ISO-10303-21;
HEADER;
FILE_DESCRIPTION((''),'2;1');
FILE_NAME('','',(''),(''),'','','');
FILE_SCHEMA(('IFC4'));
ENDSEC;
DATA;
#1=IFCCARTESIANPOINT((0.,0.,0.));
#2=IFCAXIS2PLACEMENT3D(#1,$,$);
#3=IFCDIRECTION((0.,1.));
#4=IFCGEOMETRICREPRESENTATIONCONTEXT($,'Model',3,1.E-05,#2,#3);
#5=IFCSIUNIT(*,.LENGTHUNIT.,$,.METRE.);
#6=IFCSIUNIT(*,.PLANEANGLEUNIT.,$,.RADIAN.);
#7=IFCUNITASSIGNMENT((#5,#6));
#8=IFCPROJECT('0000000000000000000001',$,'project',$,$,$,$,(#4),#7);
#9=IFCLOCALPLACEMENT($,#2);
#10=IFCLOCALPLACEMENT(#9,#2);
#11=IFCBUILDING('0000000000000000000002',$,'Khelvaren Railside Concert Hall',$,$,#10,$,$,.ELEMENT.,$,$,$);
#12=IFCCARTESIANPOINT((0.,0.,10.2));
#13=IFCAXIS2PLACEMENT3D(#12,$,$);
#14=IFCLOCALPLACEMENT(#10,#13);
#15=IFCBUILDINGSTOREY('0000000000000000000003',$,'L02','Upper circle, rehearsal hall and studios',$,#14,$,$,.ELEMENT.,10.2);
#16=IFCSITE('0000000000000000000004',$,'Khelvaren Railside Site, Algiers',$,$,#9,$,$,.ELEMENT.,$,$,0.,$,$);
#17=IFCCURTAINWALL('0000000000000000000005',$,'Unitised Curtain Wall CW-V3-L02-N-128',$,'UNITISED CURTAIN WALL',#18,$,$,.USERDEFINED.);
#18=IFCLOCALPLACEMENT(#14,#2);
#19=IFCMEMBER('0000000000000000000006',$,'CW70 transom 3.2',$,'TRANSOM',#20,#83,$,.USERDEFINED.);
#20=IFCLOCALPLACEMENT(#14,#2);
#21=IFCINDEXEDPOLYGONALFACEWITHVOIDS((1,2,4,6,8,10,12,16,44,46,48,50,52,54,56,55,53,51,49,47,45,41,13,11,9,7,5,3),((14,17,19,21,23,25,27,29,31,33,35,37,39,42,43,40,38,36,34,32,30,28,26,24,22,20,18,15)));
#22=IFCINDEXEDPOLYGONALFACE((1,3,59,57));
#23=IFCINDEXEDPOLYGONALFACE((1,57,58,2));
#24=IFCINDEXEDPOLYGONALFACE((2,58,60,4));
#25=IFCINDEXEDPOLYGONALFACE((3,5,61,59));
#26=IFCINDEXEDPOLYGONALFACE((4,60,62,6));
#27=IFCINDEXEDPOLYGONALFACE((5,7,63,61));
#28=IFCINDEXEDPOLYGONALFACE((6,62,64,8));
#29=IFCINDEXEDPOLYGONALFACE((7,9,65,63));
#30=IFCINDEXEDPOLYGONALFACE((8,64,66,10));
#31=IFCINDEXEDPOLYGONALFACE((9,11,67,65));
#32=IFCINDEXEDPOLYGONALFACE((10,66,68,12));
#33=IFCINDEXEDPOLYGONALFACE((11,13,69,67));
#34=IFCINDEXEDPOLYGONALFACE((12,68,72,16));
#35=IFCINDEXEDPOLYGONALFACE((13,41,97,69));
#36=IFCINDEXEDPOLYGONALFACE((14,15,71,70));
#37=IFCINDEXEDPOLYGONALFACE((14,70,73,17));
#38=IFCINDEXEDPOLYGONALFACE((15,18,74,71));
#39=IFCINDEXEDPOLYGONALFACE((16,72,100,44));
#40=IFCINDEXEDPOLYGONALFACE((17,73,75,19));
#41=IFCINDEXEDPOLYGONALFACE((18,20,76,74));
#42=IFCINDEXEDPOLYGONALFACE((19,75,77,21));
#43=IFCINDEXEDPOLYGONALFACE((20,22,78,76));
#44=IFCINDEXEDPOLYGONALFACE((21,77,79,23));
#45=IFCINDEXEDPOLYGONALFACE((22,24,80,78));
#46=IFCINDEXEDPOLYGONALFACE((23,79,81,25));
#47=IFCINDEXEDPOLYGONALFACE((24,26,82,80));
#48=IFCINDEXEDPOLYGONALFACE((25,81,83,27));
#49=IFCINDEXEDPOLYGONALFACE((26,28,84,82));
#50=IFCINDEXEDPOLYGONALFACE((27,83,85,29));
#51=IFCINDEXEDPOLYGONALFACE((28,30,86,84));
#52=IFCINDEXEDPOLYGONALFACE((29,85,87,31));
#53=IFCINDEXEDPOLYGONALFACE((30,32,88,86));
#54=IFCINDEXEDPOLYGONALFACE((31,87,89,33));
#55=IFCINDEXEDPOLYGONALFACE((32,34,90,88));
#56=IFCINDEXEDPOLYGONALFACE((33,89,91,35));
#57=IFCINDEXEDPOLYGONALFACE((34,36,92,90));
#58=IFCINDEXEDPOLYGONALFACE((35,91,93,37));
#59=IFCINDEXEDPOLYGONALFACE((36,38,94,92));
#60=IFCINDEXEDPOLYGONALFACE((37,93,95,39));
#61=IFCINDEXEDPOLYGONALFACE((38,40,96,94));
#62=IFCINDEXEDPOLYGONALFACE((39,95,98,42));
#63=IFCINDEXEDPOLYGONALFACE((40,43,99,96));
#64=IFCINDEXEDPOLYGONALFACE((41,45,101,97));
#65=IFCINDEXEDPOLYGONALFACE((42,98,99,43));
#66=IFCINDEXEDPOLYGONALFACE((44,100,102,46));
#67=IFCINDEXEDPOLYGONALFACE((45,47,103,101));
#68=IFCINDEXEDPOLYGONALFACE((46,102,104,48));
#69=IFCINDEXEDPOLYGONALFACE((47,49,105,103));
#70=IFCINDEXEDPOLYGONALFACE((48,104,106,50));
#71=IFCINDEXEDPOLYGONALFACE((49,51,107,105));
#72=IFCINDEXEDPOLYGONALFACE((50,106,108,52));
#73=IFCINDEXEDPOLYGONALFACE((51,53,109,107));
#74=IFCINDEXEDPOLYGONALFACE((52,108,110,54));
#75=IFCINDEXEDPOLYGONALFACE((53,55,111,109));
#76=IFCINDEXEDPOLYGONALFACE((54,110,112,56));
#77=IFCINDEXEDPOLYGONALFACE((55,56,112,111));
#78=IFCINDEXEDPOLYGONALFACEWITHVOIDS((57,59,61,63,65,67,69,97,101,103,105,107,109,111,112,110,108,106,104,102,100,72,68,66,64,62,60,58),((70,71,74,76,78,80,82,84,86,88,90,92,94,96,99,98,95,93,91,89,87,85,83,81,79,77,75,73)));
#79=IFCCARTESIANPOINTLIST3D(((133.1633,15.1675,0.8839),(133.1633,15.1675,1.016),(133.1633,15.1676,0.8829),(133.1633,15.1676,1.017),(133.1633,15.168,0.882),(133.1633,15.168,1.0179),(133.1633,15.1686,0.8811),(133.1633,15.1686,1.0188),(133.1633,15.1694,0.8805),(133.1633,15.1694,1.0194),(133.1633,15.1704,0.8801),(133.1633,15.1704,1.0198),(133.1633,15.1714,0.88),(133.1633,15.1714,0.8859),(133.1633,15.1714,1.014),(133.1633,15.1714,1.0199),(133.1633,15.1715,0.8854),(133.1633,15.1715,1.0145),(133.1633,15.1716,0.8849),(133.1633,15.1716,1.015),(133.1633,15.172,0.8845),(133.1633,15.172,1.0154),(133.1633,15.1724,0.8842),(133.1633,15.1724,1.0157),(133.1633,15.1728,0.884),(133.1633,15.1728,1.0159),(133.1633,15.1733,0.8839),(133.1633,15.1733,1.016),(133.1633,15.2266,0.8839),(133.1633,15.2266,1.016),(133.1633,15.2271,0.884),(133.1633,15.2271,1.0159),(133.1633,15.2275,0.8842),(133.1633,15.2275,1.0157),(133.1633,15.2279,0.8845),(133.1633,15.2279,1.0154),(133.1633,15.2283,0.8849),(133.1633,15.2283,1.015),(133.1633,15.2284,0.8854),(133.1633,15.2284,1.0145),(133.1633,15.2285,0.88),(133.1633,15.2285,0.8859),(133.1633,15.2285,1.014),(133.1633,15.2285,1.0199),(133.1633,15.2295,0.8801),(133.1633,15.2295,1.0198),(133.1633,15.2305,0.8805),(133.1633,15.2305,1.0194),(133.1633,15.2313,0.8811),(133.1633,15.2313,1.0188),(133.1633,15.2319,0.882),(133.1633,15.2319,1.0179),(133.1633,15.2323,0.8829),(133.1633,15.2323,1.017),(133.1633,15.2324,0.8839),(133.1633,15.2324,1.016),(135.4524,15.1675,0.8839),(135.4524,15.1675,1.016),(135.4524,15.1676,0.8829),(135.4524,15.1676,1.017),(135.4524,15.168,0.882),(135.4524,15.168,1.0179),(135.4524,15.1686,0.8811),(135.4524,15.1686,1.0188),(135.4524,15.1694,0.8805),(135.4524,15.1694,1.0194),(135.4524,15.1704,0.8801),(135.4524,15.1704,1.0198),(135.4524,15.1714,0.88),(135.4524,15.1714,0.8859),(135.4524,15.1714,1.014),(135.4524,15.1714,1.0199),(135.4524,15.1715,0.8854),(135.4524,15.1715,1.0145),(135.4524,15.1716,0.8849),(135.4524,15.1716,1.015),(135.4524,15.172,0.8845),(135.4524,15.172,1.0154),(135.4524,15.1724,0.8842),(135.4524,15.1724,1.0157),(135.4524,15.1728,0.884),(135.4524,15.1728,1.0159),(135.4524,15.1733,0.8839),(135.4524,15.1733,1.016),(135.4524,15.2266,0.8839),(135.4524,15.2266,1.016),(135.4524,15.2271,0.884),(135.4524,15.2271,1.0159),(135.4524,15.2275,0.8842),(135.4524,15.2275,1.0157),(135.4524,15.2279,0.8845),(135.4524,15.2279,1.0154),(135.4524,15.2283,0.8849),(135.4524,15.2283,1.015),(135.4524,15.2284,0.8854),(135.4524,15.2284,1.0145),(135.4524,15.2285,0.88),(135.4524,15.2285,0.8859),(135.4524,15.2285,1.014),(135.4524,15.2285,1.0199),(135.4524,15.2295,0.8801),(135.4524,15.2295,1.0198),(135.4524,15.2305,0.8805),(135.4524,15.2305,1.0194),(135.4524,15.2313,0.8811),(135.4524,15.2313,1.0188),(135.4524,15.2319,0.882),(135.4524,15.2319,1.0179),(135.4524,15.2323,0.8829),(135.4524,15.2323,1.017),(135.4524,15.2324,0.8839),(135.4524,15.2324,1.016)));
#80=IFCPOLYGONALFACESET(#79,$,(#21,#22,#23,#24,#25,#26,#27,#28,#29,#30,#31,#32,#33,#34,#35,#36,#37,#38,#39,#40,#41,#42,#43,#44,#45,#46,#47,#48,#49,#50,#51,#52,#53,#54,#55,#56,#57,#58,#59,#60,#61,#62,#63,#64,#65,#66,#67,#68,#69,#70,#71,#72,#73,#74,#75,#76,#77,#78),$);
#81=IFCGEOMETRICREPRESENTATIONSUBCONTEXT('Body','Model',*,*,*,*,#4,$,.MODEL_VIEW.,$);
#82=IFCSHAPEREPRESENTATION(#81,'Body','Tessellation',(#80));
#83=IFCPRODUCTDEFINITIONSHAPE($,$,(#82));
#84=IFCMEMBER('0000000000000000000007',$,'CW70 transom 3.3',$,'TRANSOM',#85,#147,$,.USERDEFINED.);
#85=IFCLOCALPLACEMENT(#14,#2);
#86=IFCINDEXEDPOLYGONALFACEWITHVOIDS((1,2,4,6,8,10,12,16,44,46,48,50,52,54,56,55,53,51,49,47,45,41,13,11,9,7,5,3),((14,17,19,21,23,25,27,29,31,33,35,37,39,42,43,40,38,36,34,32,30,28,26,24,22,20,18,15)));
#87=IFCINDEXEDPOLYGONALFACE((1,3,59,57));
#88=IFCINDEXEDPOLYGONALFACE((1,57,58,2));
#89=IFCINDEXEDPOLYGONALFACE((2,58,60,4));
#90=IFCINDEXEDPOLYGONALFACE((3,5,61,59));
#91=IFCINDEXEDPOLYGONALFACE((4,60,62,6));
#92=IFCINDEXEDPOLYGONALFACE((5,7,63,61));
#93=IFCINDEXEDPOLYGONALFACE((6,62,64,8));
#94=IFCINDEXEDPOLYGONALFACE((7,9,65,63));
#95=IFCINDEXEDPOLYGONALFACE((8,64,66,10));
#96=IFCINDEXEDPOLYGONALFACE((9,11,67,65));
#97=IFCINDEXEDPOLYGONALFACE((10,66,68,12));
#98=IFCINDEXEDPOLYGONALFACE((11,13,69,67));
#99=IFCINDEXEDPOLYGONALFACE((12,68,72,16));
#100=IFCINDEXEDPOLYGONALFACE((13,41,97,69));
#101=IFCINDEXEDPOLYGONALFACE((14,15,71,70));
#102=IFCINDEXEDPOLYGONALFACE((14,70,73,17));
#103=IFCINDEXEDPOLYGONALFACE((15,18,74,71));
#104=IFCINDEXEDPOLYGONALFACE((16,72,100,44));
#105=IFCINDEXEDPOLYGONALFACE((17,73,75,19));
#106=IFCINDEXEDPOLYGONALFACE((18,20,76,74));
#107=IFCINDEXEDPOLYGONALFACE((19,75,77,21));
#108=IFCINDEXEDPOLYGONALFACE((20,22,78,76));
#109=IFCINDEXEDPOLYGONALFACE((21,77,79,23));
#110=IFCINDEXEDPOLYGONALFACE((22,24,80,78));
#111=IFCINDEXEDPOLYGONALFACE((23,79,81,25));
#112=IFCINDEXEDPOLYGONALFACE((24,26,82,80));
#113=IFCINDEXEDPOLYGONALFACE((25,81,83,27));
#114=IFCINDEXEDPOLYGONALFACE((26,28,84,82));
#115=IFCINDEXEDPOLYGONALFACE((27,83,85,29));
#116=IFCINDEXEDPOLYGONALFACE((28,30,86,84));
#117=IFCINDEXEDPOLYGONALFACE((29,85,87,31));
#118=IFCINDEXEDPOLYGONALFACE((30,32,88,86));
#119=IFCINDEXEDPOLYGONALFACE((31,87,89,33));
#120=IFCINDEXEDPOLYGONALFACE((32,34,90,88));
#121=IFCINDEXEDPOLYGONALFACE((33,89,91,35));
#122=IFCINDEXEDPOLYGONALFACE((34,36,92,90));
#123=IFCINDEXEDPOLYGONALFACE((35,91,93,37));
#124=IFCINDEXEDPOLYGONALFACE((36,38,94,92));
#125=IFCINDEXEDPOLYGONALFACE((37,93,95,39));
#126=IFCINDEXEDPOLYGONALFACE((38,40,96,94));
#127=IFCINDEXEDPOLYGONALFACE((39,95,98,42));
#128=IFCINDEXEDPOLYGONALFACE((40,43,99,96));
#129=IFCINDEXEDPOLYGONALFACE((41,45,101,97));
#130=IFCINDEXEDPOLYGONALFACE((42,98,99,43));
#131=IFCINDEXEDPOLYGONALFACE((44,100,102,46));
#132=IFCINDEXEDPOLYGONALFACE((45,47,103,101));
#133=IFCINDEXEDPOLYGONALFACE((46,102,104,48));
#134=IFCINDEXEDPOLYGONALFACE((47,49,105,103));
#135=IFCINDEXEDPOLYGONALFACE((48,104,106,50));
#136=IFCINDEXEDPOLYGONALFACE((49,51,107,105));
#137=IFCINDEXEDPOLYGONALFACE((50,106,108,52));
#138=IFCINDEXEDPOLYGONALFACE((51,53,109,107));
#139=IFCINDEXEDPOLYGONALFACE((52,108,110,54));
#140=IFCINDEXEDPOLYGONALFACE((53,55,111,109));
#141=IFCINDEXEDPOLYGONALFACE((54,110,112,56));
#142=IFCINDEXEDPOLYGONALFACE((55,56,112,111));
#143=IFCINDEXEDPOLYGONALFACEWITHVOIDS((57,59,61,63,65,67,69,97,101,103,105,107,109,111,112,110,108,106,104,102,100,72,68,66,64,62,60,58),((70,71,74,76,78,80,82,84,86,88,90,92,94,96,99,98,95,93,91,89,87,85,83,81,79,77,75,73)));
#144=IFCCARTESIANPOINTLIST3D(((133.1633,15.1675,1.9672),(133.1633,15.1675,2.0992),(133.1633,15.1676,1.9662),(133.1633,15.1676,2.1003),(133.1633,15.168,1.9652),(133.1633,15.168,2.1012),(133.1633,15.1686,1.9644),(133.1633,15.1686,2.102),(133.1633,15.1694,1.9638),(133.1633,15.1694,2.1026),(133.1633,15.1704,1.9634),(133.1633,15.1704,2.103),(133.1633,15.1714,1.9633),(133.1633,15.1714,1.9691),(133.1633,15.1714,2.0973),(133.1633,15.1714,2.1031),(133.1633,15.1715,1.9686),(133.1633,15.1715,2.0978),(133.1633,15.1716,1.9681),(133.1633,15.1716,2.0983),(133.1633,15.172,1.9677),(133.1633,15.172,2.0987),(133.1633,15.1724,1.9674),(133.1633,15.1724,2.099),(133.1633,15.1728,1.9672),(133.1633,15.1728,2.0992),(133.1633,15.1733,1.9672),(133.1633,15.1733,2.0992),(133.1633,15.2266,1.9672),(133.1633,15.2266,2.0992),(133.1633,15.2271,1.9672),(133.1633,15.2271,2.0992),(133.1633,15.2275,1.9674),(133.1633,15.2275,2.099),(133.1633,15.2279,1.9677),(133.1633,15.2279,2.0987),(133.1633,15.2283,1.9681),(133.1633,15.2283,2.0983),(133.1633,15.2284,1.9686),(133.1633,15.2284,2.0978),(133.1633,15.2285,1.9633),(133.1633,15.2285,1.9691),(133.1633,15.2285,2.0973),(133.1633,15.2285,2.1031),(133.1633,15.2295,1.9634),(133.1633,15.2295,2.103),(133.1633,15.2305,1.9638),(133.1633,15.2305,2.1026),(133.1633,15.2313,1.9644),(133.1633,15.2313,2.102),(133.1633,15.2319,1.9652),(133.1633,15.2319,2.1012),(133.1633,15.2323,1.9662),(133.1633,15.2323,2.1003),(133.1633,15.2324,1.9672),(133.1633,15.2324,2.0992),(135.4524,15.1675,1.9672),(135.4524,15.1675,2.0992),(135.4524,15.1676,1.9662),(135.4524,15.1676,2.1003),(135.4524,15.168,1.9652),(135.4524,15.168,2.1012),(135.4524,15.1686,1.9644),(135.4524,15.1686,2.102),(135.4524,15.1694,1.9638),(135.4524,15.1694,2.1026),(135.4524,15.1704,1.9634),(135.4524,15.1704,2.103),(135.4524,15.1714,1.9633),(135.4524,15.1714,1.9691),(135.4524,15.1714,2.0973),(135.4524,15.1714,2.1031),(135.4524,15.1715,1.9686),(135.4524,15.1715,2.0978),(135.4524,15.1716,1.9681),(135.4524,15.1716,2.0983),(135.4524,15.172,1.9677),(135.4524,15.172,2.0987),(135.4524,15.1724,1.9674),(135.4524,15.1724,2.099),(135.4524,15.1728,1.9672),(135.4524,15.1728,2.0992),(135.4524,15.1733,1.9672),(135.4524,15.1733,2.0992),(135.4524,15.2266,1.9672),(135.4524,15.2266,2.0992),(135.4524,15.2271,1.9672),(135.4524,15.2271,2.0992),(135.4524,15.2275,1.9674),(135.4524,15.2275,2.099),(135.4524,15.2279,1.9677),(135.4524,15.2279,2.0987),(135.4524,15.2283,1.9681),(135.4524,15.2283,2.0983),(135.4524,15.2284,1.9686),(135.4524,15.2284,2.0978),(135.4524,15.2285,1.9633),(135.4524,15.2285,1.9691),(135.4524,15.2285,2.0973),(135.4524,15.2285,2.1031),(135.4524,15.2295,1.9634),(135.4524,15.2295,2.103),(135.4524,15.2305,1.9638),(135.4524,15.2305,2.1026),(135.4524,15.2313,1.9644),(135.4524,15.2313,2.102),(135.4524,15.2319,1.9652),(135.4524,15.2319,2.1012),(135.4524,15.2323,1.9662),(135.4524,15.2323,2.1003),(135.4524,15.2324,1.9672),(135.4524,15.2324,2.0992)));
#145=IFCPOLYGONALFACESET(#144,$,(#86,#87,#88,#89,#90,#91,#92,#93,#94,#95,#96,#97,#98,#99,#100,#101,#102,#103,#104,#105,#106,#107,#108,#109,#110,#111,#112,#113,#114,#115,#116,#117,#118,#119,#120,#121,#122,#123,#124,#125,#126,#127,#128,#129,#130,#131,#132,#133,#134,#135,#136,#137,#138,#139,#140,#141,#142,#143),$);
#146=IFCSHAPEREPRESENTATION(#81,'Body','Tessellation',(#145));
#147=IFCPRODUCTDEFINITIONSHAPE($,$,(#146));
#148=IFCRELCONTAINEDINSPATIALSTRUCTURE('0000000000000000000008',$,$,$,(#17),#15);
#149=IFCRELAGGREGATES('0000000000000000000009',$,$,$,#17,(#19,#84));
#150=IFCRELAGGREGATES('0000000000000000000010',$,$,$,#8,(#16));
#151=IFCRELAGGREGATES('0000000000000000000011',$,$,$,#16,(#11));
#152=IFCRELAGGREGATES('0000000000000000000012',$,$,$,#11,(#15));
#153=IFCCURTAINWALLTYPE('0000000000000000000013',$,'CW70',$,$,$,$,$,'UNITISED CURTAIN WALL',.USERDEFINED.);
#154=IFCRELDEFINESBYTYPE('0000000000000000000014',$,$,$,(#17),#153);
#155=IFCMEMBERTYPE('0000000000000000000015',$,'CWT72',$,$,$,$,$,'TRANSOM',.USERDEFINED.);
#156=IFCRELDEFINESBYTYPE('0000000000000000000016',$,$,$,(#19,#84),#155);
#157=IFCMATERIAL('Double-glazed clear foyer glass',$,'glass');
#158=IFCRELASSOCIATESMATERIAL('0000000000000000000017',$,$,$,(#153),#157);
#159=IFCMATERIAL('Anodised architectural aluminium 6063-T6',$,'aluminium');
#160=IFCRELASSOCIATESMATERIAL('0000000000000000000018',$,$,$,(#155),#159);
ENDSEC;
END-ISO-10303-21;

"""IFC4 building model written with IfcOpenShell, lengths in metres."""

from ifc_helpers import new_model, si_unit, direction, frame, origin, origin_2d, place, context, subcontext, project, spatial, hollow_rectangle, extrude, material, material_profile, profile_set, type_object, element, aggregate, save


model = new_model("IFC4")

# Units and contexts
model_context = context("Model", 3, precision=1e-05, world=origin(), true_north=direction((0.0, 1.0)))
body_context = subcontext(model_context, "Body", "Model", "MODEL_VIEW")
ifc_project = project(units=[si_unit("LENGTHUNIT", "METRE"), si_unit("PLANEANGLEUNIT", "RADIAN")], contexts=[model_context])

# Site, building, storey
site_placement = place(None, origin())
site = spatial("IfcSite", under=ifc_project, at=site_placement, Name="Khelvaren Railside Site, Algiers", CompositionType="ELEMENT", RefElevation=0.0)
building_placement = place(site_placement, origin())
building = spatial("IfcBuilding", under=site, at=building_placement, Name="Khelvaren Railside Concert Hall", CompositionType="ELEMENT")
storey_placement = place(building_placement, frame((0.0, 0.0, 10.2)))
storey = spatial("IfcBuildingStorey", under=building, at=storey_placement, Name="L02", Description="Upper circle, rehearsal hall and studios", CompositionType="ELEMENT", Elevation=10.2)

# Curtain wall, members
ifc_material_1 = material(Name="Double-glazed clear foyer glass", Category="glass")
curtain_wall_type = type_object("IfcCurtainWallType", Name="CW70", ElementType="UNITISED CURTAIN WALL", PredefinedType="USERDEFINED", material=ifc_material_1)
curtain_wall_placement = place(storey_placement, origin())
curtain_wall = element("IfcCurtainWall", 1, at=curtain_wall_placement, inside=storey, type_object=curtain_wall_type, Name="Unitised Curtain Wall CW-V3-L02-N-128", ObjectType="UNITISED CURTAIN WALL", PredefinedType="USERDEFINED")
ifc_material_2 = material(Name="Anodised architectural aluminium 6063-T6", Category="aluminium")
ifc_material_profile_1 = material_profile(ifc_material_2, hollow_rectangle(XDim=0.0649, YDim=0.1399, WallThickness=0.0039, InnerFilletRadius=0.002, OuterFilletRadius=0.0039, at=origin_2d()), Name="CWT 65x140x4")
ifc_profile_set_1 = profile_set([ifc_material_profile_1], Name="Anodised architectural aluminium 6063-T6")
member_type_1 = type_object("IfcMemberType", Name="CWT72", ElementType="TRANSOM", PredefinedType="USERDEFINED", material=ifc_profile_set_1)
member_1_placement = place(storey_placement, frame((133.1633, 15.2, 0.95), z_axis=(1.0, 0.0, 0.0), x_axis=(0.0, 1.0, 0.0)))
member_1 = element("IfcMember", 2, at=member_1_placement, type_object=member_type_1, Name="CW70 transom 3.2", ObjectType="TRANSOM", PredefinedType="USERDEFINED", context=body_context, shape_type="SweptSolid", body=[
    extrude(hollow_rectangle(XDim=0.0649, YDim=0.1399, WallThickness=0.0039, InnerFilletRadius=0.002, OuterFilletRadius=0.0039, at=origin_2d()), origin(), (0.0, 0.0, 1.0), 2.2891),
])
member_2_placement = place(storey_placement, frame((133.1633, 15.2, 2.0332), z_axis=(1.0, 0.0, 0.0), x_axis=(0.0, 1.0, 0.0)))
member_2 = element("IfcMember", 3, at=member_2_placement, type_object=member_type_1, Name="CW70 transom 3.3", ObjectType="TRANSOM", PredefinedType="USERDEFINED", context=body_context, shape_type="SweptSolid", body=[
    extrude(hollow_rectangle(XDim=0.0649, YDim=0.1399, WallThickness=0.0039, InnerFilletRadius=0.002, OuterFilletRadius=0.0039, at=origin_2d()), origin(), (0.0, 0.0, 1.0), 2.2891),
])

aggregate(curtain_wall, [member_1, member_2])

save(model, "model.ifc")
